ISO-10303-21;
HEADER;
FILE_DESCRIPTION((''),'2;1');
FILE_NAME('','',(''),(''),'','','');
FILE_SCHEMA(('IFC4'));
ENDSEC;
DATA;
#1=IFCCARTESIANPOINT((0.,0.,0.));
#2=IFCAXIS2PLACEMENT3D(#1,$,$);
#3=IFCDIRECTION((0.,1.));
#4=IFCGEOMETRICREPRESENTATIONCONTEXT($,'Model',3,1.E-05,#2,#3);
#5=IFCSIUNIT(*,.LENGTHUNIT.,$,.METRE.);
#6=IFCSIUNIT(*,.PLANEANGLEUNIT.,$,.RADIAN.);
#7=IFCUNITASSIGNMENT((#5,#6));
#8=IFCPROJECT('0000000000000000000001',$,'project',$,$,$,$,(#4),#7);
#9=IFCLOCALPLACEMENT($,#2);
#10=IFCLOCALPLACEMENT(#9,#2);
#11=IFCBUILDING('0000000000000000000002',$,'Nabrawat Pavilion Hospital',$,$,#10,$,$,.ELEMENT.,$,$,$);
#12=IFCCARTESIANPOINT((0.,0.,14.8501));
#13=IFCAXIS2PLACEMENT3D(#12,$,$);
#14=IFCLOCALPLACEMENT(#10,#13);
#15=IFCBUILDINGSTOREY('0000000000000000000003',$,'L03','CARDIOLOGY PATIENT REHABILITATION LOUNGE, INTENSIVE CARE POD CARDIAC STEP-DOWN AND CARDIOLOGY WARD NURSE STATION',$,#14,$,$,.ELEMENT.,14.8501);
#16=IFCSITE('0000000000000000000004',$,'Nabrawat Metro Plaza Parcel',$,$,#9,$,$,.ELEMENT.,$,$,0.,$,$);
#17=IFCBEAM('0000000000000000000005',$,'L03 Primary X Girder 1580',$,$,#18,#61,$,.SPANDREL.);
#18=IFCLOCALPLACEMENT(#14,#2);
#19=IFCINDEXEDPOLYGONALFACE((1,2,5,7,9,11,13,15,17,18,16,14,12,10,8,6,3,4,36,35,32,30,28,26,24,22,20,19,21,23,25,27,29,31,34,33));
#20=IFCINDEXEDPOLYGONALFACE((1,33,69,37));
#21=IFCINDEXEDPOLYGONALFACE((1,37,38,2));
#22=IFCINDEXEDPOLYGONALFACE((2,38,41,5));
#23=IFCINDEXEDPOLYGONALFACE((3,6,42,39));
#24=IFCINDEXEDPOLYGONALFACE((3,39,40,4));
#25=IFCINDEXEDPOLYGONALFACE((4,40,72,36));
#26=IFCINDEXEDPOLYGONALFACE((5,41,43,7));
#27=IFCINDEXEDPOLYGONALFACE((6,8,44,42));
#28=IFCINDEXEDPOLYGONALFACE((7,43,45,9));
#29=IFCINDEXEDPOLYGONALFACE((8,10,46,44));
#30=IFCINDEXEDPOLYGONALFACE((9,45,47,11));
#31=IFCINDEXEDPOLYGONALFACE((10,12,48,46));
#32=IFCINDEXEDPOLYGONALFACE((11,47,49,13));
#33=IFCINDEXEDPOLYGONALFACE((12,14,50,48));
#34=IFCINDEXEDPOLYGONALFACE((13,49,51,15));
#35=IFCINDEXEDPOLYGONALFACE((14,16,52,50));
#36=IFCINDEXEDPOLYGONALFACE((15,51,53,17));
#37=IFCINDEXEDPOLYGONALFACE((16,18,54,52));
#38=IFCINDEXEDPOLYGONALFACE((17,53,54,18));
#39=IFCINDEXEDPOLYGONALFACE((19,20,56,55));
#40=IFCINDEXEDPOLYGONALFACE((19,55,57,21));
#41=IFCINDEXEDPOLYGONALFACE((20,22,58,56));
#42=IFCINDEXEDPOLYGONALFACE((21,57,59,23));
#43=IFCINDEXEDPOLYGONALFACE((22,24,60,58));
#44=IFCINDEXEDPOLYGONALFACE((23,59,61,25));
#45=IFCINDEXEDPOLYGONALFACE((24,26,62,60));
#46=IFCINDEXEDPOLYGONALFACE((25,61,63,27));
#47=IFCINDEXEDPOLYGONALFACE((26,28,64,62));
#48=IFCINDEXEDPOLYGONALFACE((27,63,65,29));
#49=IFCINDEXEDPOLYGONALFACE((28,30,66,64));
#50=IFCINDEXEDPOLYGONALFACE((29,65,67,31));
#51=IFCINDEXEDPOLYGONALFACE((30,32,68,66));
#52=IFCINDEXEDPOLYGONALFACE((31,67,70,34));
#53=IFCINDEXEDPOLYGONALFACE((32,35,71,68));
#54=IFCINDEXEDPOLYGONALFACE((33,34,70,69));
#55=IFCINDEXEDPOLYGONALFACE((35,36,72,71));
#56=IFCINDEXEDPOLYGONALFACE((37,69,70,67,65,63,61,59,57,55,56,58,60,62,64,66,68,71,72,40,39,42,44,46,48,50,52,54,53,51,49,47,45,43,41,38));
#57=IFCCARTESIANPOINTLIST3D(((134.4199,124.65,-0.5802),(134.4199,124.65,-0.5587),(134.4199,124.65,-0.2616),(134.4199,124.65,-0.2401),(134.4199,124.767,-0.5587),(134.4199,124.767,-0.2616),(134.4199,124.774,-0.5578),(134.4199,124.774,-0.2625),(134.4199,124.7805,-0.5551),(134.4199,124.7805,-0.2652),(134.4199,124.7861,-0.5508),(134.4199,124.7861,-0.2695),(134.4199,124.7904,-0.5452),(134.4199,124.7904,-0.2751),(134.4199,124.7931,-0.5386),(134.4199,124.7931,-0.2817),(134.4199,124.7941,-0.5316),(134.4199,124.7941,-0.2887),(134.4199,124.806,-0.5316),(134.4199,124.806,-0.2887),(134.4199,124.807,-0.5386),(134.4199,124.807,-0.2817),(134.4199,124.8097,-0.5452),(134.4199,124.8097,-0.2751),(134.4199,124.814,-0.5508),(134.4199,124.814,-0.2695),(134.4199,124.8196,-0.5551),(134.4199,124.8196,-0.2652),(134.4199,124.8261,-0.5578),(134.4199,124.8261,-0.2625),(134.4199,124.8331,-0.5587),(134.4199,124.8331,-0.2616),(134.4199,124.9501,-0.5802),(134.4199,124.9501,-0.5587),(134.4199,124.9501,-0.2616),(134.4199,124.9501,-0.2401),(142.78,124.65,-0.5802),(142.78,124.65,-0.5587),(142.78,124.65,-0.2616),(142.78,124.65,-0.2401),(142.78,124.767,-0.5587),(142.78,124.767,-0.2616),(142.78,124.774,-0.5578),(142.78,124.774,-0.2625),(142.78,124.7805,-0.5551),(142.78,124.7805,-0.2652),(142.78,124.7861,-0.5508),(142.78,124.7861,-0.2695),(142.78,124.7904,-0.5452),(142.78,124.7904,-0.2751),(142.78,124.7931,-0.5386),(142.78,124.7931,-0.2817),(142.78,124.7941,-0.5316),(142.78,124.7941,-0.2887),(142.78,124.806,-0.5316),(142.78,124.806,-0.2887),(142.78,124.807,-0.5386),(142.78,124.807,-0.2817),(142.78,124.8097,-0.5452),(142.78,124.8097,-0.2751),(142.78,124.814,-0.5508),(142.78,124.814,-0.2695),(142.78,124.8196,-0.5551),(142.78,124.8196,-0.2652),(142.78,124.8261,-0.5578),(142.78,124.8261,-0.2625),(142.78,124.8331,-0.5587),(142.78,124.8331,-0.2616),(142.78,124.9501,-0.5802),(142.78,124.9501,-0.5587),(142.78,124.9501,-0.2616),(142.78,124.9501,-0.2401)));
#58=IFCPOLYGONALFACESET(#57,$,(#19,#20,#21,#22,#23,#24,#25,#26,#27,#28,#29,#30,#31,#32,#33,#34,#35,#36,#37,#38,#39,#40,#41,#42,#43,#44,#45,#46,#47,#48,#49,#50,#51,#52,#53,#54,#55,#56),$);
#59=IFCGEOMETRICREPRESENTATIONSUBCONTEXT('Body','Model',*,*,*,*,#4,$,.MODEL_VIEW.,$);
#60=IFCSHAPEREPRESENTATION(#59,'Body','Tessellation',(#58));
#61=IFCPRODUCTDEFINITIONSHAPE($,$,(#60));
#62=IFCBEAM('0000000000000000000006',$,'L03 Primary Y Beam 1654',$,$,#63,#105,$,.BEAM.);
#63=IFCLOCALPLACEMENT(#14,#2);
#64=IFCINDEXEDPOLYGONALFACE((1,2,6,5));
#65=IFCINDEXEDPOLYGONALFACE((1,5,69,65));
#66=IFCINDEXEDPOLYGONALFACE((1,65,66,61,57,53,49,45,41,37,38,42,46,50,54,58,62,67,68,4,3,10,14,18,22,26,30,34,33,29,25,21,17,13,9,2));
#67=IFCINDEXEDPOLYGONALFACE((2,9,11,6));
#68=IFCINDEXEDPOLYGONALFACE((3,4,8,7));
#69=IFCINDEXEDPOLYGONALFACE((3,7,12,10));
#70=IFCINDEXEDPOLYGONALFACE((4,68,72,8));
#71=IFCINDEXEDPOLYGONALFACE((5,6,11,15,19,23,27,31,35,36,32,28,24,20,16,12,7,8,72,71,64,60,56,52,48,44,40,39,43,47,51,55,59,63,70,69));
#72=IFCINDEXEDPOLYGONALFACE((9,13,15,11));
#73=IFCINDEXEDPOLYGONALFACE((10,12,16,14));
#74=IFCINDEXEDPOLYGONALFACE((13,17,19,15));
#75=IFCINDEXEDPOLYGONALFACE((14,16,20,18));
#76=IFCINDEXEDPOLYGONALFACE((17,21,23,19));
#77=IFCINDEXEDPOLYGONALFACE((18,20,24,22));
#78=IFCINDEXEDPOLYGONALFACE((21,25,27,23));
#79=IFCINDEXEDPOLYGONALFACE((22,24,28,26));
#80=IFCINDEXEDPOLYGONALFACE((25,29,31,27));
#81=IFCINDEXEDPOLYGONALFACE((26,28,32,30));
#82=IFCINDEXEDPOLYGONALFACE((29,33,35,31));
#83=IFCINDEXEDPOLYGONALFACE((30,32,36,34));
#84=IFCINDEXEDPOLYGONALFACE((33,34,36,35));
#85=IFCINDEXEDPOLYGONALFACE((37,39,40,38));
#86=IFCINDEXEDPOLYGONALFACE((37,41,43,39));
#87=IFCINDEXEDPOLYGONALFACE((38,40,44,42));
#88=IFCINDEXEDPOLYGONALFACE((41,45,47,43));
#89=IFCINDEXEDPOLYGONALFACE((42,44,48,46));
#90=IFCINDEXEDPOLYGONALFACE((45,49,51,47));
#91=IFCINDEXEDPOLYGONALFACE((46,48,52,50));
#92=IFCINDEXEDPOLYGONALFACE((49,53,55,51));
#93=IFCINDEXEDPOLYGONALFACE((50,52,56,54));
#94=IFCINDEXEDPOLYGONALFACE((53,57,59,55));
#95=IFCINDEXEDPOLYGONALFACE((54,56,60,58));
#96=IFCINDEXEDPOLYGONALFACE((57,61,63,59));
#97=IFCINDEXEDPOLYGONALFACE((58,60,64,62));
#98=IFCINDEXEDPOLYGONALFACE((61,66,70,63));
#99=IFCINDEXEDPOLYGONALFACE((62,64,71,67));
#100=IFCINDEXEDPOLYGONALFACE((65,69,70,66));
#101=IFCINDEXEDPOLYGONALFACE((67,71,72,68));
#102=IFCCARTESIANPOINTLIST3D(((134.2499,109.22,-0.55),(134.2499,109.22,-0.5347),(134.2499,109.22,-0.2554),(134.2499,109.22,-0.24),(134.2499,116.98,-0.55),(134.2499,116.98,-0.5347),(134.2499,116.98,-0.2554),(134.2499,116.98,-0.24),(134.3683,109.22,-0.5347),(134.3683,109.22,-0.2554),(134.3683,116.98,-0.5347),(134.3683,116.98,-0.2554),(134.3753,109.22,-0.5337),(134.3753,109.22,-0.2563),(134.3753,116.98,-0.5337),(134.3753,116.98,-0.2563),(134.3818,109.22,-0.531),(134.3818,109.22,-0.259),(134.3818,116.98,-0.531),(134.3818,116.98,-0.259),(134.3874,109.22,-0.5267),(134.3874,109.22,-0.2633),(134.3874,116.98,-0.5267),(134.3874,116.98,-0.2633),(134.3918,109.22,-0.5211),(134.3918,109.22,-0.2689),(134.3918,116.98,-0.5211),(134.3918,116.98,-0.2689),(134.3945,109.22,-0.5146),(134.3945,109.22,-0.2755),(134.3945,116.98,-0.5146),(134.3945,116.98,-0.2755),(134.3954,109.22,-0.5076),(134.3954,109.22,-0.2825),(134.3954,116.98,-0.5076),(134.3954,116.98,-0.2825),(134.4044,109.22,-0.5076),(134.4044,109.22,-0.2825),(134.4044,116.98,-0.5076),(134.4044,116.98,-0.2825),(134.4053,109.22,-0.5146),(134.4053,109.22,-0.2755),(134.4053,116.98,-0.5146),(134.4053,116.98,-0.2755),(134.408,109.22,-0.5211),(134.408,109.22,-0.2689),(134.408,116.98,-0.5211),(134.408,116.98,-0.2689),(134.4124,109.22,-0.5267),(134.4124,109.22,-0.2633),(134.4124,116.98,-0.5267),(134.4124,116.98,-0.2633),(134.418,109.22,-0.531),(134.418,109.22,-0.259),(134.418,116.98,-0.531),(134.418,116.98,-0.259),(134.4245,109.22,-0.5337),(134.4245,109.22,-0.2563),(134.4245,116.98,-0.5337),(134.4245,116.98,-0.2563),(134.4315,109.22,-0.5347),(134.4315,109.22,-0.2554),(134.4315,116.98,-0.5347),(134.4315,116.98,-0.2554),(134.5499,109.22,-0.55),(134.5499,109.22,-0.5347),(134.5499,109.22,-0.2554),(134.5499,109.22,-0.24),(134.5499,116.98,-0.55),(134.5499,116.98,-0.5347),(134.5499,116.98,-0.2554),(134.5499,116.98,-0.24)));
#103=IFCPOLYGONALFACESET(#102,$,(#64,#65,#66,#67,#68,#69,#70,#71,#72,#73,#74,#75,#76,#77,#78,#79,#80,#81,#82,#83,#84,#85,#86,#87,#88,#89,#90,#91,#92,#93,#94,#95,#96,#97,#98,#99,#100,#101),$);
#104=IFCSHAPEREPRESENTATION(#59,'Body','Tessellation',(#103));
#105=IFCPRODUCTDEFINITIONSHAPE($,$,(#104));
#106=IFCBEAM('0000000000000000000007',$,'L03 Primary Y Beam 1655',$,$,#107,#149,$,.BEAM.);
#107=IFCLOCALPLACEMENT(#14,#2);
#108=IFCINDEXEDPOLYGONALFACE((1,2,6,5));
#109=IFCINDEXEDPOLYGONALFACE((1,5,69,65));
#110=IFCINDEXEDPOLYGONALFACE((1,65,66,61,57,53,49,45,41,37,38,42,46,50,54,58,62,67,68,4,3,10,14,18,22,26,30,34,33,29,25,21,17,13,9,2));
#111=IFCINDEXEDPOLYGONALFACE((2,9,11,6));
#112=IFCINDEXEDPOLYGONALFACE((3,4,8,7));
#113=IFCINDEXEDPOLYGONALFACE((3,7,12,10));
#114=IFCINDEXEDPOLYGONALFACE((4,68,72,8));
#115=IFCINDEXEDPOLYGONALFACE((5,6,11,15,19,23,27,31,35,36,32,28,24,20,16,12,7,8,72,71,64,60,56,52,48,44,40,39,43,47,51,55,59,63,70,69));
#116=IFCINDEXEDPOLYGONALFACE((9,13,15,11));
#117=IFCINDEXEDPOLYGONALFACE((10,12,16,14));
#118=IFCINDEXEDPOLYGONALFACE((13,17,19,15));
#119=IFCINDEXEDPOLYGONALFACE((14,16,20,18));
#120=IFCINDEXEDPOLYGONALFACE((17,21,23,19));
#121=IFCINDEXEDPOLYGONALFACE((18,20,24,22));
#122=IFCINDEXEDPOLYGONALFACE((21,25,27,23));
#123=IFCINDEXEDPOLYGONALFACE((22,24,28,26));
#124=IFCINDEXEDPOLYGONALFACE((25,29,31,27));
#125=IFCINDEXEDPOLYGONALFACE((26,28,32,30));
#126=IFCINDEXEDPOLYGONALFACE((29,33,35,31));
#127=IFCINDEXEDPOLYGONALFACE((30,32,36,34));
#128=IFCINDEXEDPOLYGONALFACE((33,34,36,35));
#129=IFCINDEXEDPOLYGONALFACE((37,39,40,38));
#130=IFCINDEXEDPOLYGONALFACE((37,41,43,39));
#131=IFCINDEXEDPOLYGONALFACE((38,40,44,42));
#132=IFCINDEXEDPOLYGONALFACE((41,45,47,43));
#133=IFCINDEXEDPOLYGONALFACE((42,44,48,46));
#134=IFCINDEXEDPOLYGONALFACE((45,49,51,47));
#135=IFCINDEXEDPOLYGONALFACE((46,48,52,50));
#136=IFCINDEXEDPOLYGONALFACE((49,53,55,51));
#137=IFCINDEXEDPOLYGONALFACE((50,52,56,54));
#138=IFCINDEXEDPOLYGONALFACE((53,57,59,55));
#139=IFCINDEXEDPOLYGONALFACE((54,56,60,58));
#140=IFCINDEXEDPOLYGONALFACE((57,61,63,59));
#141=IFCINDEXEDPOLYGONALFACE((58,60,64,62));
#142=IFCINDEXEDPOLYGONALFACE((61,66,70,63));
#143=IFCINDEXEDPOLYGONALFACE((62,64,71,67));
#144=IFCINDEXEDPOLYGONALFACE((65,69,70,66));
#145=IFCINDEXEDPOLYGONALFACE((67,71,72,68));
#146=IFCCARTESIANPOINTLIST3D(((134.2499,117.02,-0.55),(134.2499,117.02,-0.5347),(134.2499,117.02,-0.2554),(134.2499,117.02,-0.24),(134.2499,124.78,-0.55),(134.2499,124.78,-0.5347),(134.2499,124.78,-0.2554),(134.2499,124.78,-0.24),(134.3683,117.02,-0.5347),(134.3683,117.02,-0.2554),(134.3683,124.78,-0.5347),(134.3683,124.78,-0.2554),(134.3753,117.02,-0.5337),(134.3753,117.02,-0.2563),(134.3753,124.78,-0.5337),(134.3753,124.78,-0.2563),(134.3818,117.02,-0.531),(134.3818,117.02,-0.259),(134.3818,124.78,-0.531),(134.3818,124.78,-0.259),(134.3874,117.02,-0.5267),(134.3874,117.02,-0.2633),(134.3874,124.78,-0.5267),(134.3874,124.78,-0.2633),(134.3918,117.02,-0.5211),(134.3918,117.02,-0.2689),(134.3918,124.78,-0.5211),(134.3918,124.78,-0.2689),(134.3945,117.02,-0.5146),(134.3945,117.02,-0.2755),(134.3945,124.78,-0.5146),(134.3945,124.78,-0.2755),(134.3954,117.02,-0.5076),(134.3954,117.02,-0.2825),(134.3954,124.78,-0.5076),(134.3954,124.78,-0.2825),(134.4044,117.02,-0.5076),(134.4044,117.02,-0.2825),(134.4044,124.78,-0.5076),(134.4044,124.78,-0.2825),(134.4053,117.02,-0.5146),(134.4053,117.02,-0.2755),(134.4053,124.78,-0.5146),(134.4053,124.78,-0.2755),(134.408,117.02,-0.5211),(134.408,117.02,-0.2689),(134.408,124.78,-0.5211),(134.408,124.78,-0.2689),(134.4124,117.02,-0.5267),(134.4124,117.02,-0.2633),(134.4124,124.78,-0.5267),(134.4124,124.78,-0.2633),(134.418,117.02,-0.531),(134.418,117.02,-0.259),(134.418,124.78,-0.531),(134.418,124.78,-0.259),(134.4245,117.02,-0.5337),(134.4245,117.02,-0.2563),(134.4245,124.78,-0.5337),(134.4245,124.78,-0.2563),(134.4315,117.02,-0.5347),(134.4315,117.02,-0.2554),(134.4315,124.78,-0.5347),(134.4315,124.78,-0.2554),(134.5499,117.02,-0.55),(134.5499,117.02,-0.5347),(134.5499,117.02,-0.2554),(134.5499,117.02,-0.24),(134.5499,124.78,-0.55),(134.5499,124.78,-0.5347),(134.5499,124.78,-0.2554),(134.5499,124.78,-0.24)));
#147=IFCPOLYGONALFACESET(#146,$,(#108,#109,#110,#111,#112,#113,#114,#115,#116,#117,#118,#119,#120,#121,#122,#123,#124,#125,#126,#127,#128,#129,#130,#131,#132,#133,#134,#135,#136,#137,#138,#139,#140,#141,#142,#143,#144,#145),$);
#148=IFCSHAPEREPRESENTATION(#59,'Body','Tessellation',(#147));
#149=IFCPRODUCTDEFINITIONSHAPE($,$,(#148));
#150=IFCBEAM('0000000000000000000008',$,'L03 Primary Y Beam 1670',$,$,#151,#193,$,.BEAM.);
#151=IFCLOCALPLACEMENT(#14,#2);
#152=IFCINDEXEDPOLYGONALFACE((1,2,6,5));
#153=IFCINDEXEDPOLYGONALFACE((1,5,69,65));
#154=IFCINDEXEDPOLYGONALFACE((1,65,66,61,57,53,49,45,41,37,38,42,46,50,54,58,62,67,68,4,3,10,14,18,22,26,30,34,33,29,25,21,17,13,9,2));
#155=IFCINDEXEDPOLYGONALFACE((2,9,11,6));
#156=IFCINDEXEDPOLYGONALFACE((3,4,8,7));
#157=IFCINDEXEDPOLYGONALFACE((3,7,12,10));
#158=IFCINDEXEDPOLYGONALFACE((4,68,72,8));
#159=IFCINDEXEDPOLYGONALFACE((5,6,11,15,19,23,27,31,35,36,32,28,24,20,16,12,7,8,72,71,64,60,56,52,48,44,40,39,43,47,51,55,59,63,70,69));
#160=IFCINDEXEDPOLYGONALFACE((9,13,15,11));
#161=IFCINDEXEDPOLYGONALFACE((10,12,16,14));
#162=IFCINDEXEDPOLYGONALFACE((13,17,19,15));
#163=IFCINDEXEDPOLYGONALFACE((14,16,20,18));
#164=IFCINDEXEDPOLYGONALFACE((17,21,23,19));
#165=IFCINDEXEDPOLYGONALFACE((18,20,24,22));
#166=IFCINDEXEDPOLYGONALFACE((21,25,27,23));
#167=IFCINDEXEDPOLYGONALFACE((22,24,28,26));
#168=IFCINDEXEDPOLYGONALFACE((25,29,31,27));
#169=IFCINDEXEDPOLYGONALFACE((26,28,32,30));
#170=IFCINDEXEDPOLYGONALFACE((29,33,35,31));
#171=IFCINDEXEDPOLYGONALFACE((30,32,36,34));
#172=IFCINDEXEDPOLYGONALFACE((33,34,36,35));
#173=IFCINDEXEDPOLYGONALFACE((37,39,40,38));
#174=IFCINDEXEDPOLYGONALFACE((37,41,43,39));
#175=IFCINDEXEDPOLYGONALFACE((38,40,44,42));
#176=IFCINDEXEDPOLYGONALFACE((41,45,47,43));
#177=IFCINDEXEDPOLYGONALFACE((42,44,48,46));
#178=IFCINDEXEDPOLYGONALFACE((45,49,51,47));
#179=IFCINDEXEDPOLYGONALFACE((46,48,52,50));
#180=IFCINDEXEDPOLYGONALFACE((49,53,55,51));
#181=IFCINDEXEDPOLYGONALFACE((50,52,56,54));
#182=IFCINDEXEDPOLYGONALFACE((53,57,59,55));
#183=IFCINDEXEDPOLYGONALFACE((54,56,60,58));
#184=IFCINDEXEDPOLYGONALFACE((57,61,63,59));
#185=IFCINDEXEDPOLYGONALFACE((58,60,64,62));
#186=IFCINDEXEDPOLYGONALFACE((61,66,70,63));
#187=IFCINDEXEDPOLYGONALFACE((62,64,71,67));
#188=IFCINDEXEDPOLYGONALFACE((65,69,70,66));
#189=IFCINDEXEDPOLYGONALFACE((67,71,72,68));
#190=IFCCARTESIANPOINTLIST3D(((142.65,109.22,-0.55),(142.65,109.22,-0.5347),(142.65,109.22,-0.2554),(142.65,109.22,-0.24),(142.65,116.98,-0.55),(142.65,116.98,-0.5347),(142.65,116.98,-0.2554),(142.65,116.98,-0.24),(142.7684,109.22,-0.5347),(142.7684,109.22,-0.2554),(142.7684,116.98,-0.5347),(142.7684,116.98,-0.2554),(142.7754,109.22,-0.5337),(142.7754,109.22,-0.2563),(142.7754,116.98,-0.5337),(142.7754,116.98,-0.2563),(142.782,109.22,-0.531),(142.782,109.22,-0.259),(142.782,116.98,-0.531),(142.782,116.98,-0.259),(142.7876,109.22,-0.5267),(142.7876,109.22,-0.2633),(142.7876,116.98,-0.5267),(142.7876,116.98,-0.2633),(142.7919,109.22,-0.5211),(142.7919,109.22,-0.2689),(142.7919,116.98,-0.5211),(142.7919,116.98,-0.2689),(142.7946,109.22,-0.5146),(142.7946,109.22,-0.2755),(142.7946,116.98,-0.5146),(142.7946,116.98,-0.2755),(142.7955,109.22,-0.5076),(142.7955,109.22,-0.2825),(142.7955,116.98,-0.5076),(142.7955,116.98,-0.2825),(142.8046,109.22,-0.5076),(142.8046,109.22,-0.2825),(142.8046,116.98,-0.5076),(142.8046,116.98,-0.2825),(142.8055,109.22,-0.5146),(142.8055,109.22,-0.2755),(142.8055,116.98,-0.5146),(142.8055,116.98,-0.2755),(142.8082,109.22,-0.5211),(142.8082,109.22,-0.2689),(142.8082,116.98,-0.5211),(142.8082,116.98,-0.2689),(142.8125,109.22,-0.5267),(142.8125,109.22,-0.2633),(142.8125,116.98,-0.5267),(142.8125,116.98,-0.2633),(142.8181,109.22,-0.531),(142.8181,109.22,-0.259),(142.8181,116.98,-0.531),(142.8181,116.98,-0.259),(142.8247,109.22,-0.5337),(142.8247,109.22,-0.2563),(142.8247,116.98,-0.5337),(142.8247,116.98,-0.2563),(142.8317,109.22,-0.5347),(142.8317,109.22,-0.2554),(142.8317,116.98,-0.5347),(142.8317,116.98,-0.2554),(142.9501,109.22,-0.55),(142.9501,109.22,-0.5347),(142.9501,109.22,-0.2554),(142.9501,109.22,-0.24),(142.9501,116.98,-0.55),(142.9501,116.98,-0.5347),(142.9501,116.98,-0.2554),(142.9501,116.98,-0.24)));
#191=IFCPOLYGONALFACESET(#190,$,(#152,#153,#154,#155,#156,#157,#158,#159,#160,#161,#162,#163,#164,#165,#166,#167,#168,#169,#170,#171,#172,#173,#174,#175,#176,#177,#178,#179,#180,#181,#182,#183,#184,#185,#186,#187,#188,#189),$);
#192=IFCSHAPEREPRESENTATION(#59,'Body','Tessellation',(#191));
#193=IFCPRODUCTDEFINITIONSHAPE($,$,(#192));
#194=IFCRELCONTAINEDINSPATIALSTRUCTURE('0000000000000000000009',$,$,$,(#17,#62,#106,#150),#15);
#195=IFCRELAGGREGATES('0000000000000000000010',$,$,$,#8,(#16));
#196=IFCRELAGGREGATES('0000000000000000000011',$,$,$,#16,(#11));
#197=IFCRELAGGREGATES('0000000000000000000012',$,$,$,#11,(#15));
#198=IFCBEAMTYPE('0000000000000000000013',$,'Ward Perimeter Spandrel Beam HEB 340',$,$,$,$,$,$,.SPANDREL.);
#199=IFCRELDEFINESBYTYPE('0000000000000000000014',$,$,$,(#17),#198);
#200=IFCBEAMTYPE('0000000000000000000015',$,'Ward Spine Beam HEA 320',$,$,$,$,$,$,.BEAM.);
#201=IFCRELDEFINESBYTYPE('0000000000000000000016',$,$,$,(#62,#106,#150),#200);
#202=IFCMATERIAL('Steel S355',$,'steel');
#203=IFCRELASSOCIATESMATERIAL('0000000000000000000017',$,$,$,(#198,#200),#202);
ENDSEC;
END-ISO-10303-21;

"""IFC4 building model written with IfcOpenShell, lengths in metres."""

from ifc_helpers import new_model, si_unit, direction, frame, origin, origin_2d, place, context, subcontext, project, spatial, i_section, extrude, material, material_profile, profile_set, type_object, element, save


model = new_model("IFC4")

# Units and contexts
model_context = context("Model", 3, precision=1e-05, world=origin(), true_north=direction((0.0, 1.0)))
body_context = subcontext(model_context, "Body", "Model", "MODEL_VIEW")
ifc_project = project(units=[si_unit("LENGTHUNIT", "METRE"), si_unit("PLANEANGLEUNIT", "RADIAN")], contexts=[model_context])

# Site, building, storey
site_placement = place(None, origin())
site = spatial("IfcSite", under=ifc_project, at=site_placement, Name="Nabrawat Metro Plaza Parcel", CompositionType="ELEMENT", RefElevation=0.0)
building_placement = place(site_placement, origin())
building = spatial("IfcBuilding", under=site, at=building_placement, Name="Nabrawat Pavilion Hospital", CompositionType="ELEMENT")
storey_placement = place(building_placement, frame((0.0, 0.0, 14.8501)))
storey = spatial("IfcBuildingStorey", under=building, at=storey_placement, Name="L03", Description="CARDIOLOGY PATIENT REHABILITATION LOUNGE, INTENSIVE CARE POD CARDIAC STEP-DOWN AND CARDIOLOGY WARD NURSE STATION", CompositionType="ELEMENT", Elevation=14.8501)

# Shared definitions
ifc_material_1 = material(Name="Steel S355", Category="steel")

# Beams
ifc_material_profile_1 = material_profile(ifc_material_1, i_section(OverallWidth=0.3, OverallDepth=0.3401, WebThickness=0.012, FlangeThickness=0.0215, FilletRadius=0.0271, at=origin_2d()), Name="HEB 340")
ifc_profile_set_1 = profile_set([ifc_material_profile_1], Name="Steel S355")
beam_type_1 = type_object("IfcBeamType", Name="Ward Perimeter Spandrel Beam HEB 340", PredefinedType="SPANDREL", material=ifc_profile_set_1)
beam_placement = place(storey_placement, frame((134.4199, 124.8, -0.4102), z_axis=(1.0, 0.0, 0.0), x_axis=(0.0, 1.0, 0.0)))
element("IfcBeam", 1, at=beam_placement, inside=storey, type_object=beam_type_1, Name="L03 Primary X Girder 1580", PredefinedType="SPANDREL", context=body_context, shape_type="SweptSolid", body=[
    extrude(i_section(OverallWidth=0.3, OverallDepth=0.3401, WebThickness=0.012, FlangeThickness=0.0215, FilletRadius=0.0271, at=origin_2d()), origin(), (0.0, 0.0, 1.0), 8.3601),
])
ifc_material_profile_2 = material_profile(ifc_material_1, i_section(OverallWidth=0.3, OverallDepth=0.3101, WebThickness=0.009, FlangeThickness=0.0154, FilletRadius=0.0271, at=origin_2d()), Name="HEA 320")
ifc_profile_set_2 = profile_set([ifc_material_profile_2], Name="Steel S355")
beam_type_2 = type_object("IfcBeamType", Name="Ward Spine Beam HEA 320", PredefinedType="BEAM", material=ifc_profile_set_2)
for number, where, z_axis, x_axis, name in (
    (2, (134.3999, 109.22, -0.395), (0.0, 1.0, 0.0), (-1.0, 0.0, 0.0), "L03 Primary Y Beam 1654"),
    (3, (134.3999, 117.02, -0.395), (0.0, 1.0, 0.0), (-1.0, 0.0, 0.0), "L03 Primary Y Beam 1655"),
    (4, (142.8, 109.22, -0.395), (0.0, 1.0, 0.0), (-1.0, 0.0, 0.0), "L03 Primary Y Beam 1670"),
):
    element("IfcBeam", number, at=place(storey_placement, frame(where, z_axis=z_axis, x_axis=x_axis)), inside=storey, type_object=beam_type_2, Name=name, PredefinedType="BEAM", context=body_context, shape_type="SweptSolid", body=[
        extrude(i_section(OverallWidth=0.3, OverallDepth=0.3101, WebThickness=0.009, FlangeThickness=0.0154, FilletRadius=0.0271, at=origin_2d()), origin(), (0.0, 0.0, 1.0), 7.76),
    ])

save(model, "model.ifc")
